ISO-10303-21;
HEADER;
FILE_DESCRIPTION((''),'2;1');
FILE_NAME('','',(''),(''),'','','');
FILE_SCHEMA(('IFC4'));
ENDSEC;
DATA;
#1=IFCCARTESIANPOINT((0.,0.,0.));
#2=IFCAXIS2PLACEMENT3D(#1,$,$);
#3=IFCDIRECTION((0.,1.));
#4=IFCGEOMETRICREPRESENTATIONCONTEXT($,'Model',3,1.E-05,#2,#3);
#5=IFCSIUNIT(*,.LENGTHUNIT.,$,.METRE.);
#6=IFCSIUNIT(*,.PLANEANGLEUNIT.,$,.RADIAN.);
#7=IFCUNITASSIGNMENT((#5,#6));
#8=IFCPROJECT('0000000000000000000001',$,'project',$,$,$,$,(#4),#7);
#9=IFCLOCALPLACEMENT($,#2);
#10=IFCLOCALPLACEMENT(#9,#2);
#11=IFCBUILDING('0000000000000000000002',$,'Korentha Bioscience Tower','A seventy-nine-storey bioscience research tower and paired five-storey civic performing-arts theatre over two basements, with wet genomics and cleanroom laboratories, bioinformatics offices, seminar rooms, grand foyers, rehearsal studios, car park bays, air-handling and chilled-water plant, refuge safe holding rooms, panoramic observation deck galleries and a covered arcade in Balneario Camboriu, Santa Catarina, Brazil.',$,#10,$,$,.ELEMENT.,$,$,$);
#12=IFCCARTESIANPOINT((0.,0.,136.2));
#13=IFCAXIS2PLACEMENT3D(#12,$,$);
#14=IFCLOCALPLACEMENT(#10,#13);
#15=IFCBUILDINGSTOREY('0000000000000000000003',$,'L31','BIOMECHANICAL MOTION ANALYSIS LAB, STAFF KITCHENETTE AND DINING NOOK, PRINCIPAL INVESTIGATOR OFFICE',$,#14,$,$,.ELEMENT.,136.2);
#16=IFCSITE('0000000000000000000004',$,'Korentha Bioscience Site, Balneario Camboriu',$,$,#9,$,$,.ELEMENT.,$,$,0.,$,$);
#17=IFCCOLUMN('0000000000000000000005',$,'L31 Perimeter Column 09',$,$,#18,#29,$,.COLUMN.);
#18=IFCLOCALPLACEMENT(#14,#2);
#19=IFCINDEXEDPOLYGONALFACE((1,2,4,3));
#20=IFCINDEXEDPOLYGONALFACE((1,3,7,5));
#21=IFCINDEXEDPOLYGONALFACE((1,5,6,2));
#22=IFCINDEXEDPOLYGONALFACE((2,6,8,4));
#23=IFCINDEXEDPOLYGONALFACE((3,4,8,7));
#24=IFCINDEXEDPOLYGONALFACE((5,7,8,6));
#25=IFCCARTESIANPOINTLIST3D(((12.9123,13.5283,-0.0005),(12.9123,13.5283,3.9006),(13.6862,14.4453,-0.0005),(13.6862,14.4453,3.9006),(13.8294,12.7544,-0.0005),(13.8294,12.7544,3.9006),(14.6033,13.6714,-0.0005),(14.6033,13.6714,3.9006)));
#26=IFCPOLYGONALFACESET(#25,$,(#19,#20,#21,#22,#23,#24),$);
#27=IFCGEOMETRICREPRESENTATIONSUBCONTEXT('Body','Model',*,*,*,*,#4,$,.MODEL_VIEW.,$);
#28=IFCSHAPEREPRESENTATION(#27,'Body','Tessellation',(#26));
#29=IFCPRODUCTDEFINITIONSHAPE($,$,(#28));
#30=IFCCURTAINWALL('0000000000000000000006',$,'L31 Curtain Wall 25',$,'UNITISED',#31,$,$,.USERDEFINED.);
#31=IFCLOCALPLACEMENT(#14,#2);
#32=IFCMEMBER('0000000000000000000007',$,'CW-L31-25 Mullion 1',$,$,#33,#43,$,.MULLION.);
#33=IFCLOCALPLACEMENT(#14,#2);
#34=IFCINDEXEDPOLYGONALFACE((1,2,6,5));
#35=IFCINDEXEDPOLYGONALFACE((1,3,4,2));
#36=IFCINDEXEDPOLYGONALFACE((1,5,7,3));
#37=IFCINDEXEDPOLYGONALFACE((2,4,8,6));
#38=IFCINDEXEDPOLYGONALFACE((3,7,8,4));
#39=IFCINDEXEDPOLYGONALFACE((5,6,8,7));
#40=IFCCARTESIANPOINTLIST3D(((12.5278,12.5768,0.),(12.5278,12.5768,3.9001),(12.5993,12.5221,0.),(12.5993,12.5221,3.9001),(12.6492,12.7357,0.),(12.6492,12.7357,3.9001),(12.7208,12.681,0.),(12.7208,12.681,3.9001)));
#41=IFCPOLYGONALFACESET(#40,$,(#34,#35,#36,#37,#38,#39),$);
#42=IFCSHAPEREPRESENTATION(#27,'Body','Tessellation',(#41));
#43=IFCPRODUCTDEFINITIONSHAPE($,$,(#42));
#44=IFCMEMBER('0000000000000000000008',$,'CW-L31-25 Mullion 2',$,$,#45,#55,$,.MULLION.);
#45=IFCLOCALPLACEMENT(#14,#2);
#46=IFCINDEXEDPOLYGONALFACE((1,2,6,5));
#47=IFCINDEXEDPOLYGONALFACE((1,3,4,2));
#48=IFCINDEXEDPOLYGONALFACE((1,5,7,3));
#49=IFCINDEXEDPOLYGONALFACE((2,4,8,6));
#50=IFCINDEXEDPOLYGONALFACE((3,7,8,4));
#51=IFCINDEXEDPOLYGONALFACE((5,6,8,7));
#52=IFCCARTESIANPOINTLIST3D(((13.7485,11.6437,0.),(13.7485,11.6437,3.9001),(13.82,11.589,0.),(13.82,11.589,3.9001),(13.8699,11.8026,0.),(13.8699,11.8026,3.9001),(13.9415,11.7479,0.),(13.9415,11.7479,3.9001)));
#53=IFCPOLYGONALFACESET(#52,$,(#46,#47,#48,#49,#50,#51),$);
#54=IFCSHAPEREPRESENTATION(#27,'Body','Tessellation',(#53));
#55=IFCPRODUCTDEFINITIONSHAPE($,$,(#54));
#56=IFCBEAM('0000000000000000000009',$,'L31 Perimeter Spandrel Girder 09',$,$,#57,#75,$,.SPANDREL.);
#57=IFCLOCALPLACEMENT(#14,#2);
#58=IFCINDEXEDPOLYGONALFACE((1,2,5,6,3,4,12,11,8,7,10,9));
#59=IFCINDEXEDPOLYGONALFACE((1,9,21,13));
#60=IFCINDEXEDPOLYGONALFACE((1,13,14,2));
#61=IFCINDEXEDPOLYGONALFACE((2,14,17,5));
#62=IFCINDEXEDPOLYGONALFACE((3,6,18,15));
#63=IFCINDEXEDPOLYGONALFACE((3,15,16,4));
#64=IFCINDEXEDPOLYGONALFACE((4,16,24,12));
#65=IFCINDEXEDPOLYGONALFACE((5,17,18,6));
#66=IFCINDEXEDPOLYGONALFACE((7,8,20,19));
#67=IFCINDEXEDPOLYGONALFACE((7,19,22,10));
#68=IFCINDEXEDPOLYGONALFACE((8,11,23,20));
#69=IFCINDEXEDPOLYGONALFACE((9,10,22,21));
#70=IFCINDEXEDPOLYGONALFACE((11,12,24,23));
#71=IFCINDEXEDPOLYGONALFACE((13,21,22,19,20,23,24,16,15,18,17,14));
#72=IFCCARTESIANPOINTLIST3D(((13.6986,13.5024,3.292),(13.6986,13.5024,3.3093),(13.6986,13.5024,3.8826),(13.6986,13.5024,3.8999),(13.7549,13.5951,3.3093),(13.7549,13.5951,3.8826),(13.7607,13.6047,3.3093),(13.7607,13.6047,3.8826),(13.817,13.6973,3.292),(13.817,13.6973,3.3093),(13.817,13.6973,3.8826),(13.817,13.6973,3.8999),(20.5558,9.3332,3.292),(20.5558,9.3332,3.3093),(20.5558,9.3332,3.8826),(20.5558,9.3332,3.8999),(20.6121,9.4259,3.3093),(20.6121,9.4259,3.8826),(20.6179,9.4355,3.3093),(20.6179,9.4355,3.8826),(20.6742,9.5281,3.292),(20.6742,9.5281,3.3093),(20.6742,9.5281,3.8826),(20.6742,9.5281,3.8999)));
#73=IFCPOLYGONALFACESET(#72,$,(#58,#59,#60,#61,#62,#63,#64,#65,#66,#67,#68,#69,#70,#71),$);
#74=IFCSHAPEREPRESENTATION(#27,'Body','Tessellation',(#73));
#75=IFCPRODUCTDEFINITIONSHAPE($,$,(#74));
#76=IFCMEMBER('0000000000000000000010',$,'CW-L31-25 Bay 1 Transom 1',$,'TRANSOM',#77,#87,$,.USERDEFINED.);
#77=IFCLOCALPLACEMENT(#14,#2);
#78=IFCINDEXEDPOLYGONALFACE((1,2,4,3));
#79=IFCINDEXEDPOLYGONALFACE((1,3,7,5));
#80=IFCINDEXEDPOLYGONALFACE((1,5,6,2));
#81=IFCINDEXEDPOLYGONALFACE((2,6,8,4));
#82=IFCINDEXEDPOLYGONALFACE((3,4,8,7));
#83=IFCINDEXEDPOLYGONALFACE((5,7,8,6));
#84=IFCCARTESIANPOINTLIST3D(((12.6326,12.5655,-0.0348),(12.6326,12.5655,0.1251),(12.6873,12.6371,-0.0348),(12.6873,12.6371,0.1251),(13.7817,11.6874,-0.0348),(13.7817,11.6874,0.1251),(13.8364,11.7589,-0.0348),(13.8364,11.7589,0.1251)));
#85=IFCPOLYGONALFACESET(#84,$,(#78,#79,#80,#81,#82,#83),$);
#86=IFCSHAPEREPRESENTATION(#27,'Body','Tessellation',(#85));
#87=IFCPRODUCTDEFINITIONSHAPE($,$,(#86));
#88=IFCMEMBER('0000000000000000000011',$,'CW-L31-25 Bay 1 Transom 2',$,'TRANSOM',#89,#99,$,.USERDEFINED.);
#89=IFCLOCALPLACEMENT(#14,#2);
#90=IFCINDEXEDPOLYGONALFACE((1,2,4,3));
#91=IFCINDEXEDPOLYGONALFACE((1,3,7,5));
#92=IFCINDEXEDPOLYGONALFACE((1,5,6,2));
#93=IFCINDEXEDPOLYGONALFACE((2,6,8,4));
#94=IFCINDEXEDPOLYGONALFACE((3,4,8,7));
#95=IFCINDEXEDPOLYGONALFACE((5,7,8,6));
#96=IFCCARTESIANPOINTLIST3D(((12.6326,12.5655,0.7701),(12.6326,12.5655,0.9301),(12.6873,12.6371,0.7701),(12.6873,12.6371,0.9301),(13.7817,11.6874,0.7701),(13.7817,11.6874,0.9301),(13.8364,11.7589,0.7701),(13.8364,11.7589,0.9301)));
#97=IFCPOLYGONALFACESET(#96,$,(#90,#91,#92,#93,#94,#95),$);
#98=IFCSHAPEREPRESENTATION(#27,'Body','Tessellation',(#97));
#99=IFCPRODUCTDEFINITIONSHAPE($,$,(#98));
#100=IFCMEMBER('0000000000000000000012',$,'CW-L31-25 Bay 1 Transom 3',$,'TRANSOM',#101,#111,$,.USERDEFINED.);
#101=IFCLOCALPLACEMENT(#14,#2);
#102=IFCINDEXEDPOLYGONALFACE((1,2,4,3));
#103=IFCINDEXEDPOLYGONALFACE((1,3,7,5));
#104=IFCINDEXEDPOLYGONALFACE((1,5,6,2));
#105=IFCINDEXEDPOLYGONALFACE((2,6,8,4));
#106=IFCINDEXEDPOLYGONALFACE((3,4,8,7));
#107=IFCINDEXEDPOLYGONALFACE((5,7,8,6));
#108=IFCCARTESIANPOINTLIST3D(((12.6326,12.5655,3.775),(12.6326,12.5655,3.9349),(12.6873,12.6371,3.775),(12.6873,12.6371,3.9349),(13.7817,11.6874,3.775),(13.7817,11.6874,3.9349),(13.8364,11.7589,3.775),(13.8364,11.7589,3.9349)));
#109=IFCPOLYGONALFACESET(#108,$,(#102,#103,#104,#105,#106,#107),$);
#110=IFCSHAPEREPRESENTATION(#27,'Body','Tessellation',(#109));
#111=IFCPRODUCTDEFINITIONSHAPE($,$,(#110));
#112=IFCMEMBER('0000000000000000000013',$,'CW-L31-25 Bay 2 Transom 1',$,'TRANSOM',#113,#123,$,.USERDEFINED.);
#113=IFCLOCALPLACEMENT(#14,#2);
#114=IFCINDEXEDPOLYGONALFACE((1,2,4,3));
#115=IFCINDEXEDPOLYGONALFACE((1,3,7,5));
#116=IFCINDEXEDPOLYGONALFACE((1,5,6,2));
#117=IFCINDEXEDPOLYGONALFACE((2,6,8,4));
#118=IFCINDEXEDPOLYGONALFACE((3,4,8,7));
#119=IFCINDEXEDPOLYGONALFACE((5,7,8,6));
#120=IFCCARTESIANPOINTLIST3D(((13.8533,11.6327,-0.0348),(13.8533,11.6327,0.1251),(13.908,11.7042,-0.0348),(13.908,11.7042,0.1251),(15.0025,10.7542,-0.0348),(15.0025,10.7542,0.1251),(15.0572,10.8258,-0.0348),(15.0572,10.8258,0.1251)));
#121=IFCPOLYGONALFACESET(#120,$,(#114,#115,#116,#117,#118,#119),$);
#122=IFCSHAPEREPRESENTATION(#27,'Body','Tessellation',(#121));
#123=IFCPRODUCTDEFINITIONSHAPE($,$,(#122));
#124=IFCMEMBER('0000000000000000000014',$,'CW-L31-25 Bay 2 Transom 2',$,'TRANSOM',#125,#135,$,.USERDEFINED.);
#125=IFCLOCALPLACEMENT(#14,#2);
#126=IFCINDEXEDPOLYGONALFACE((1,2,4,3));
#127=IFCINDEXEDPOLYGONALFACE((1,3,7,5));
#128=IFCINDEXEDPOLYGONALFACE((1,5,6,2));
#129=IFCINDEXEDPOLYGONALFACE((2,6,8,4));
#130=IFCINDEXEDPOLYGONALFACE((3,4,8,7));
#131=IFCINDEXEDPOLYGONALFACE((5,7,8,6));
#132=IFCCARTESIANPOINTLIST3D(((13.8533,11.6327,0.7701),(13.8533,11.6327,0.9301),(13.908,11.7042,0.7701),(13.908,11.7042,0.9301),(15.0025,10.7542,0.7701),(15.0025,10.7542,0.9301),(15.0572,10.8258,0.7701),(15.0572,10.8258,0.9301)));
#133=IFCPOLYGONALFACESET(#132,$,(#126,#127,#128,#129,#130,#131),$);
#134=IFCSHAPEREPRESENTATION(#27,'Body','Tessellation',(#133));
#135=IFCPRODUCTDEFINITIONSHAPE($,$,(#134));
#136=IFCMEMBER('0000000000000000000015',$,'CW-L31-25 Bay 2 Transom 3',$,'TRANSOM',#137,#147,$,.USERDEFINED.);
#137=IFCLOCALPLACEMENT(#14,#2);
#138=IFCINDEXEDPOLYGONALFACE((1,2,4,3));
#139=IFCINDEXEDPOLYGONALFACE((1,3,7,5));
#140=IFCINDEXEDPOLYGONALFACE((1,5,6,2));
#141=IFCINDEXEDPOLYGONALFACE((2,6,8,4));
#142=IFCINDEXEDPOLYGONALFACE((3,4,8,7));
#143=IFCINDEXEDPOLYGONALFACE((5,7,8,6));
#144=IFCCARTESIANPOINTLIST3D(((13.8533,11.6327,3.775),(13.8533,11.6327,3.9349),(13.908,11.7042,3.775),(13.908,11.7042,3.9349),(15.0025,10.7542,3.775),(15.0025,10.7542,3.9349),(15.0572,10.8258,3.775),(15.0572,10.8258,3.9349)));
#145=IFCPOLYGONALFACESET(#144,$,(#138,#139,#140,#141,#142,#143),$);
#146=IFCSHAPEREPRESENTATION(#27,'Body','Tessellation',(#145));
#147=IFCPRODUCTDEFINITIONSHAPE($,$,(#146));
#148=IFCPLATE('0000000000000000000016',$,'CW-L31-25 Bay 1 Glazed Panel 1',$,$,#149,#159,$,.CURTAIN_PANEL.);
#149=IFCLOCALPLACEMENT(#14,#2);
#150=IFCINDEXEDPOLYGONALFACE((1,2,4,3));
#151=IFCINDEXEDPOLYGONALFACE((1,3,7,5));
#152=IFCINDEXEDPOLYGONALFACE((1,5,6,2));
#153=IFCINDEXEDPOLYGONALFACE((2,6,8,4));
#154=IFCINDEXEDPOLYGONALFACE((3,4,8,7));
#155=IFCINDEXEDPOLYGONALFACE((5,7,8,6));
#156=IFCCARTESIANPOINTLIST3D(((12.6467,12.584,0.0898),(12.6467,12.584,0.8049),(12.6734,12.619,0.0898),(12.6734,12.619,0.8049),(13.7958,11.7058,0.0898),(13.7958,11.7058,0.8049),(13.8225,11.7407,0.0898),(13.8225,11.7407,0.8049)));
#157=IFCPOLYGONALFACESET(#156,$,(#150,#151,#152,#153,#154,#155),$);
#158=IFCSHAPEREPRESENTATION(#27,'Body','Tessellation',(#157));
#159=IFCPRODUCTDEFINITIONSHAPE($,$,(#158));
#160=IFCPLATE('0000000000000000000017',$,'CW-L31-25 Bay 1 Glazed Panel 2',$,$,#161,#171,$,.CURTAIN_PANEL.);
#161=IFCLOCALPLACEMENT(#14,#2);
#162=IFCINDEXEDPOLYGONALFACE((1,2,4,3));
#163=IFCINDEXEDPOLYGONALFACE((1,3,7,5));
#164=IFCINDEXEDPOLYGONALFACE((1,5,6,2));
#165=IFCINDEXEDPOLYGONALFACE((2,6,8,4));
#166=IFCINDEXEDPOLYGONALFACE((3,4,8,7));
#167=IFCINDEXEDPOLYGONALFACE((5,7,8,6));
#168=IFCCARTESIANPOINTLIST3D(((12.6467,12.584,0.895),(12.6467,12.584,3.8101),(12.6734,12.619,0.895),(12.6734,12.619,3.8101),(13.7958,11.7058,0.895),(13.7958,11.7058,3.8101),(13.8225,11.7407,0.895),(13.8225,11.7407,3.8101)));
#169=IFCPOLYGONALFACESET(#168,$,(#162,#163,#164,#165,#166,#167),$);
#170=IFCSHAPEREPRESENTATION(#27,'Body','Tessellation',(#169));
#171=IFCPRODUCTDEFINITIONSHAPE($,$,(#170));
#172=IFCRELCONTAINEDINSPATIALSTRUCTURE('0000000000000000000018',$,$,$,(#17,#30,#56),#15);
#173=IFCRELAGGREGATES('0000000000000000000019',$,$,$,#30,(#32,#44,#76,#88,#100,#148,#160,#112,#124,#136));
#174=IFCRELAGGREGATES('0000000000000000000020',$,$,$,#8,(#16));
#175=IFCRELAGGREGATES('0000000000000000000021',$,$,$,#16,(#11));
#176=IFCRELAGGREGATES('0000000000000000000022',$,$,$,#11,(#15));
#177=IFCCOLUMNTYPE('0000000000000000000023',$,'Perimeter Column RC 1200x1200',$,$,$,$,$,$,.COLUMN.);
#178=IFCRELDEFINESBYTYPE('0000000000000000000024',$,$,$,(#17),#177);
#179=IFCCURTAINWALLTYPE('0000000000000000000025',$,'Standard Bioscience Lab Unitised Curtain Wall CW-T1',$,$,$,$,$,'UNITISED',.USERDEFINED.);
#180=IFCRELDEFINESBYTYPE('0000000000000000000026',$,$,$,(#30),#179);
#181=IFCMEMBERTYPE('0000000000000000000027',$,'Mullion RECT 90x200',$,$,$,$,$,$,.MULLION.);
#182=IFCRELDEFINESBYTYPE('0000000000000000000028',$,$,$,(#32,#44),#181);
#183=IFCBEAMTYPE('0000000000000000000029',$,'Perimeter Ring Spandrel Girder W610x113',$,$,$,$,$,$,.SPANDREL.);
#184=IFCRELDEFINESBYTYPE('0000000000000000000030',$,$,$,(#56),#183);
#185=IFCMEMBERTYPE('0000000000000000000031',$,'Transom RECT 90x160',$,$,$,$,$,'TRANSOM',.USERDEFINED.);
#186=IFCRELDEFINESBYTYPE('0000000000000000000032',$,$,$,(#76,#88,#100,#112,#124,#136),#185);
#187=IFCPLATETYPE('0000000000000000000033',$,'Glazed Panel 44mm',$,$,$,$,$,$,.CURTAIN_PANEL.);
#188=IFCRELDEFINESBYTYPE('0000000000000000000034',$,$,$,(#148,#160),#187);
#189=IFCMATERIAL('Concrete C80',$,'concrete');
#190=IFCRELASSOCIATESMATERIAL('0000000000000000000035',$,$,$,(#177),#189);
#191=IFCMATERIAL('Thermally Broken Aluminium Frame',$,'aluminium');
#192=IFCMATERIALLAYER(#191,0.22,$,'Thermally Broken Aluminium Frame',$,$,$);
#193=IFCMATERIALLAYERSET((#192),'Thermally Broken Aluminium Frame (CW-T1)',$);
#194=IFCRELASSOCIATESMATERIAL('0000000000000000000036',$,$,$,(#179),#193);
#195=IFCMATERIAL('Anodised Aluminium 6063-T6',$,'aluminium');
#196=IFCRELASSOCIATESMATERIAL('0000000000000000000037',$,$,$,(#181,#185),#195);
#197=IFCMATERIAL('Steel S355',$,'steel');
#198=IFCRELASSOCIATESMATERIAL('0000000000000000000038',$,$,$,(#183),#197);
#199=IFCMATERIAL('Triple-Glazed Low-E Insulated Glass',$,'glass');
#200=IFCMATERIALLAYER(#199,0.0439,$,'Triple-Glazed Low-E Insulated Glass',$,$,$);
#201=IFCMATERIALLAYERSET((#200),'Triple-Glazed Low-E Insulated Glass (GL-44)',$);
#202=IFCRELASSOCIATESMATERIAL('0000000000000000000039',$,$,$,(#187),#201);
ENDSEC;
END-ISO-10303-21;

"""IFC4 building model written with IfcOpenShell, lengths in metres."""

from ifc_helpers import new_model, si_unit, direction, frame, origin, origin_2d, place, context, subcontext, project, spatial, rectangle, i_section, extrude, material, layer, layer_set, material_profile, profile_set, type_object, element, aggregate, save


model = new_model("IFC4")

# Units and contexts
model_context = context("Model", 3, precision=1e-05, world=origin(), true_north=direction((0.0, 1.0)))
body_context = subcontext(model_context, "Body", "Model", "MODEL_VIEW")
ifc_project = project(units=[si_unit("LENGTHUNIT", "METRE"), si_unit("PLANEANGLEUNIT", "RADIAN")], contexts=[model_context])

# Site, building, storey
site_placement = place(None, origin())
site = spatial("IfcSite", under=ifc_project, at=site_placement, Name="Korentha Bioscience Site, Balneario Camboriu", CompositionType="ELEMENT", RefElevation=0.0)
building_placement = place(site_placement, origin())
building = spatial("IfcBuilding", under=site, at=building_placement, Name="Korentha Bioscience Tower", Description="A seventy-nine-storey bioscience research tower and paired five-storey civic performing-arts theatre over two basements, with wet genomics and cleanroom laboratories, bioinformatics offices, seminar rooms, grand foyers, rehearsal studios, car park bays, air-handling and chilled-water plant, refuge safe holding rooms, panoramic observation deck galleries and a covered arcade in Balneario Camboriu, Santa Catarina, Brazil.", CompositionType="ELEMENT")
storey_placement = place(building_placement, frame((0.0, 0.0, 136.2)))
storey = spatial("IfcBuildingStorey", under=building, at=storey_placement, Name="L31", Description="BIOMECHANICAL MOTION ANALYSIS LAB, STAFF KITCHENETTE AND DINING NOOK, PRINCIPAL INVESTIGATOR OFFICE", CompositionType="ELEMENT", Elevation=136.2)

# Column
ifc_material_1 = material(Name="Concrete C80", Category="concrete")
ifc_material_profile_1 = material_profile(ifc_material_1, rectangle(XDim=1.2, YDim=1.2, at=origin_2d()), Name="Concrete C80")
ifc_profile_set_1 = profile_set([ifc_material_profile_1], Name="Concrete C80 (COL-P12)")
column_type = type_object("IfcColumnType", Name="Perimeter Column RC 1200x1200", PredefinedType="COLUMN", material=ifc_profile_set_1)
column_placement = place(storey_placement, frame((13.7578, 13.5999, -0.0005), z_axis=(0.0, 0.0, 1.0), x_axis=(-0.764246, 0.644924, 0.0)))
element("IfcColumn", 1, at=column_placement, inside=storey, type_object=column_type, Name="L31 Perimeter Column 09", PredefinedType="COLUMN", context=body_context, shape_type="SweptSolid", body=[
    extrude(rectangle(XDim=1.2, YDim=1.2, at=origin_2d()), origin(), (0.0, 0.0, 1.0), 3.9011),
])

# Curtain wall, members
ifc_material_2 = material(Name="Thermally Broken Aluminium Frame", Category="aluminium")
ifc_layer_1 = layer(ifc_material_2, 0.22, Name="Thermally Broken Aluminium Frame")
ifc_layer_set_1 = layer_set([ifc_layer_1], Name="Thermally Broken Aluminium Frame (CW-T1)")
curtain_wall_type = type_object("IfcCurtainWallType", Name="Standard Bioscience Lab Unitised Curtain Wall CW-T1", ElementType="UNITISED", PredefinedType="USERDEFINED", material=ifc_layer_set_1)
curtain_wall_placement = place(storey_placement, origin())
curtain_wall = element("IfcCurtainWall", 2, at=curtain_wall_placement, inside=storey, type_object=curtain_wall_type, Name="L31 Curtain Wall 25", ObjectType="UNITISED", PredefinedType="USERDEFINED")
ifc_material_3 = material(Name="Anodised Aluminium 6063-T6", Category="aluminium")
ifc_material_profile_2 = material_profile(ifc_material_3, rectangle(XDim=0.0901, YDim=0.2, at=origin_2d()), Name="Anodised Aluminium 6063-T6")
ifc_profile_set_2 = profile_set([ifc_material_profile_2], Name="Anodised Aluminium 6063-T6 (CW-MUL)")
member_type_1 = type_object("IfcMemberType", Name="Mullion RECT 90x200", PredefinedType="MULLION", material=ifc_profile_set_2)
member_1_placement = place(storey_placement, frame((12.6243, 12.6289, 0.0), z_axis=(0.0, 0.0, 1.0), x_axis=(0.7945, -0.607265, 0.0)))
member_1 = element("IfcMember", 3, at=member_1_placement, type_object=member_type_1, Name="CW-L31-25 Mullion 1", PredefinedType="MULLION", context=body_context, shape_type="SweptSolid", body=[
    extrude(rectangle(XDim=0.0901, YDim=0.2, at=origin_2d()), origin(), (0.0, 0.0, 1.0), 3.9001),
])
member_2_placement = place(storey_placement, frame((13.845, 11.6958, 0.0), z_axis=(0.0, 0.0, 1.0), x_axis=(0.7945, -0.607265, 0.0)))
member_2 = element("IfcMember", 4, at=member_2_placement, type_object=member_type_1, Name="CW-L31-25 Mullion 2", PredefinedType="MULLION", context=body_context, shape_type="SweptSolid", body=[
    extrude(rectangle(XDim=0.0901, YDim=0.2, at=origin_2d()), origin(), (0.0, 0.0, 1.0), 3.9001),
])

# Beam
ifc_material_4 = material(Name="Steel S355", Category="steel")
ifc_material_profile_3 = material_profile(ifc_material_4, i_section(OverallWidth=0.228, OverallDepth=0.6079, WebThickness=0.0112, FlangeThickness=0.0173, at=origin_2d()), Name="Steel S355")
ifc_profile_set_3 = profile_set([ifc_material_profile_3], Name="Steel S355 (SB-610)")
beam_type = type_object("IfcBeamType", Name="Perimeter Ring Spandrel Girder W610x113", PredefinedType="SPANDREL", material=ifc_profile_set_3)
beam_placement = place(storey_placement, frame((13.7578, 13.5999, 3.5959), z_axis=(0.854461, -0.519515, 0.0), x_axis=(0.519515, 0.854461, 0.0)))
element("IfcBeam", 5, at=beam_placement, inside=storey, type_object=beam_type, Name="L31 Perimeter Spandrel Girder 09", PredefinedType="SPANDREL", context=body_context, shape_type="SweptSolid", body=[
    extrude(i_section(OverallWidth=0.228, OverallDepth=0.6079, WebThickness=0.0112, FlangeThickness=0.0173, at=origin_2d()), origin(), (0.0, 0.0, 1.0), 8.0251),
])

# Members
ifc_material_profile_4 = material_profile(ifc_material_3, rectangle(XDim=0.0901, YDim=0.1599, at=origin_2d()), Name="Anodised Aluminium 6063-T6")
ifc_profile_set_4 = profile_set([ifc_material_profile_4], Name="Anodised Aluminium 6063-T6 (CW-TRN)")
member_type_2 = type_object("IfcMemberType", Name="Transom RECT 90x160", ElementType="TRANSOM", PredefinedType="USERDEFINED", material=ifc_profile_set_4)
member_3_placement = place(storey_placement, frame((12.6599, 12.6013, 0.0452), z_axis=(0.794559, -0.607187, 0.0), x_axis=(0.607187, 0.794559, 0.0)))
member_3 = element("IfcMember", 6, at=member_3_placement, type_object=member_type_2, Name="CW-L31-25 Bay 1 Transom 1", ObjectType="TRANSOM", PredefinedType="USERDEFINED", context=body_context, shape_type="SweptSolid", body=[
    extrude(rectangle(XDim=0.0901, YDim=0.1599, at=origin_2d()), origin(), (0.0, 0.0, 1.0), 1.4463),
])
member_4_placement = place(storey_placement, frame((12.6599, 12.6013, 0.8501), z_axis=(0.794559, -0.607187, 0.0), x_axis=(0.607187, 0.794559, 0.0)))
member_4 = element("IfcMember", 7, at=member_4_placement, type_object=member_type_2, Name="CW-L31-25 Bay 1 Transom 2", ObjectType="TRANSOM", PredefinedType="USERDEFINED", context=body_context, shape_type="SweptSolid", body=[
    extrude(rectangle(XDim=0.0901, YDim=0.1599, at=origin_2d()), origin(), (0.0, 0.0, 1.0), 1.4463),
])
member_5_placement = place(storey_placement, frame((12.6599, 12.6013, 3.855), z_axis=(0.794559, -0.607187, 0.0), x_axis=(0.607187, 0.794559, 0.0)))
member_5 = element("IfcMember", 8, at=member_5_placement, type_object=member_type_2, Name="CW-L31-25 Bay 1 Transom 3", ObjectType="TRANSOM", PredefinedType="USERDEFINED", context=body_context, shape_type="SweptSolid", body=[
    extrude(rectangle(XDim=0.0901, YDim=0.1599, at=origin_2d()), origin(), (0.0, 0.0, 1.0), 1.4463),
])
member_6_placement = place(storey_placement, frame((13.8806, 11.6685, 0.0452), z_axis=(0.794478, -0.607293, 0.0), x_axis=(0.607293, 0.794478, 0.0)))
member_6 = element("IfcMember", 9, at=member_6_placement, type_object=member_type_2, Name="CW-L31-25 Bay 2 Transom 1", ObjectType="TRANSOM", PredefinedType="USERDEFINED", context=body_context, shape_type="SweptSolid", body=[
    extrude(rectangle(XDim=0.0901, YDim=0.1599, at=origin_2d()), origin(), (0.0, 0.0, 1.0), 1.4465),
])
member_7_placement = place(storey_placement, frame((13.8806, 11.6685, 0.8501), z_axis=(0.794478, -0.607293, 0.0), x_axis=(0.607293, 0.794478, 0.0)))
member_7 = element("IfcMember", 10, at=member_7_placement, type_object=member_type_2, Name="CW-L31-25 Bay 2 Transom 2", ObjectType="TRANSOM", PredefinedType="USERDEFINED", context=body_context, shape_type="SweptSolid", body=[
    extrude(rectangle(XDim=0.0901, YDim=0.1599, at=origin_2d()), origin(), (0.0, 0.0, 1.0), 1.4465),
])
member_8_placement = place(storey_placement, frame((13.8806, 11.6685, 3.855), z_axis=(0.794478, -0.607293, 0.0), x_axis=(0.607293, 0.794478, 0.0)))
member_8 = element("IfcMember", 11, at=member_8_placement, type_object=member_type_2, Name="CW-L31-25 Bay 2 Transom 3", ObjectType="TRANSOM", PredefinedType="USERDEFINED", context=body_context, shape_type="SweptSolid", body=[
    extrude(rectangle(XDim=0.0901, YDim=0.1599, at=origin_2d()), origin(), (0.0, 0.0, 1.0), 1.4465),
])

# Plates
ifc_material_5 = material(Name="Triple-Glazed Low-E Insulated Glass", Category="glass")
ifc_layer_2 = layer(ifc_material_5, 0.0439, Name="Triple-Glazed Low-E Insulated Glass")
ifc_layer_set_2 = layer_set([ifc_layer_2], Name="Triple-Glazed Low-E Insulated Glass (GL-44)")
plate_type = type_object("IfcPlateType", Name="Glazed Panel 44mm", PredefinedType="CURTAIN_PANEL", material=ifc_layer_set_2)
plate_1_placement = place(storey_placement, frame((13.2346, 12.1624, 0.0898), z_axis=(0.0, 0.0, 1.0), x_axis=(0.7945, -0.607265, 0.0)))
plate_1 = element("IfcPlate", 12, at=plate_1_placement, type_object=plate_type, Name="CW-L31-25 Bay 1 Glazed Panel 1", PredefinedType="CURTAIN_PANEL", context=body_context, shape_type="SweptSolid", body=[
    extrude(rectangle(XDim=1.4463, YDim=0.0439, at=origin_2d()), origin(), (0.0, 0.0, 1.0), 0.7151),
])
plate_2_placement = place(storey_placement, frame((13.2346, 12.1624, 0.895), z_axis=(0.0, 0.0, 1.0), x_axis=(0.7945, -0.607265, 0.0)))
plate_2 = element("IfcPlate", 13, at=plate_2_placement, type_object=plate_type, Name="CW-L31-25 Bay 1 Glazed Panel 2", PredefinedType="CURTAIN_PANEL", context=body_context, shape_type="SweptSolid", body=[
    extrude(rectangle(XDim=1.4463, YDim=0.0439, at=origin_2d()), origin(), (0.0, 0.0, 1.0), 2.915),
])
aggregate(curtain_wall, [member_1, member_2, member_3, member_4, member_5, plate_1, plate_2, member_6, member_7, member_8])

save(model, "model.ifc")
